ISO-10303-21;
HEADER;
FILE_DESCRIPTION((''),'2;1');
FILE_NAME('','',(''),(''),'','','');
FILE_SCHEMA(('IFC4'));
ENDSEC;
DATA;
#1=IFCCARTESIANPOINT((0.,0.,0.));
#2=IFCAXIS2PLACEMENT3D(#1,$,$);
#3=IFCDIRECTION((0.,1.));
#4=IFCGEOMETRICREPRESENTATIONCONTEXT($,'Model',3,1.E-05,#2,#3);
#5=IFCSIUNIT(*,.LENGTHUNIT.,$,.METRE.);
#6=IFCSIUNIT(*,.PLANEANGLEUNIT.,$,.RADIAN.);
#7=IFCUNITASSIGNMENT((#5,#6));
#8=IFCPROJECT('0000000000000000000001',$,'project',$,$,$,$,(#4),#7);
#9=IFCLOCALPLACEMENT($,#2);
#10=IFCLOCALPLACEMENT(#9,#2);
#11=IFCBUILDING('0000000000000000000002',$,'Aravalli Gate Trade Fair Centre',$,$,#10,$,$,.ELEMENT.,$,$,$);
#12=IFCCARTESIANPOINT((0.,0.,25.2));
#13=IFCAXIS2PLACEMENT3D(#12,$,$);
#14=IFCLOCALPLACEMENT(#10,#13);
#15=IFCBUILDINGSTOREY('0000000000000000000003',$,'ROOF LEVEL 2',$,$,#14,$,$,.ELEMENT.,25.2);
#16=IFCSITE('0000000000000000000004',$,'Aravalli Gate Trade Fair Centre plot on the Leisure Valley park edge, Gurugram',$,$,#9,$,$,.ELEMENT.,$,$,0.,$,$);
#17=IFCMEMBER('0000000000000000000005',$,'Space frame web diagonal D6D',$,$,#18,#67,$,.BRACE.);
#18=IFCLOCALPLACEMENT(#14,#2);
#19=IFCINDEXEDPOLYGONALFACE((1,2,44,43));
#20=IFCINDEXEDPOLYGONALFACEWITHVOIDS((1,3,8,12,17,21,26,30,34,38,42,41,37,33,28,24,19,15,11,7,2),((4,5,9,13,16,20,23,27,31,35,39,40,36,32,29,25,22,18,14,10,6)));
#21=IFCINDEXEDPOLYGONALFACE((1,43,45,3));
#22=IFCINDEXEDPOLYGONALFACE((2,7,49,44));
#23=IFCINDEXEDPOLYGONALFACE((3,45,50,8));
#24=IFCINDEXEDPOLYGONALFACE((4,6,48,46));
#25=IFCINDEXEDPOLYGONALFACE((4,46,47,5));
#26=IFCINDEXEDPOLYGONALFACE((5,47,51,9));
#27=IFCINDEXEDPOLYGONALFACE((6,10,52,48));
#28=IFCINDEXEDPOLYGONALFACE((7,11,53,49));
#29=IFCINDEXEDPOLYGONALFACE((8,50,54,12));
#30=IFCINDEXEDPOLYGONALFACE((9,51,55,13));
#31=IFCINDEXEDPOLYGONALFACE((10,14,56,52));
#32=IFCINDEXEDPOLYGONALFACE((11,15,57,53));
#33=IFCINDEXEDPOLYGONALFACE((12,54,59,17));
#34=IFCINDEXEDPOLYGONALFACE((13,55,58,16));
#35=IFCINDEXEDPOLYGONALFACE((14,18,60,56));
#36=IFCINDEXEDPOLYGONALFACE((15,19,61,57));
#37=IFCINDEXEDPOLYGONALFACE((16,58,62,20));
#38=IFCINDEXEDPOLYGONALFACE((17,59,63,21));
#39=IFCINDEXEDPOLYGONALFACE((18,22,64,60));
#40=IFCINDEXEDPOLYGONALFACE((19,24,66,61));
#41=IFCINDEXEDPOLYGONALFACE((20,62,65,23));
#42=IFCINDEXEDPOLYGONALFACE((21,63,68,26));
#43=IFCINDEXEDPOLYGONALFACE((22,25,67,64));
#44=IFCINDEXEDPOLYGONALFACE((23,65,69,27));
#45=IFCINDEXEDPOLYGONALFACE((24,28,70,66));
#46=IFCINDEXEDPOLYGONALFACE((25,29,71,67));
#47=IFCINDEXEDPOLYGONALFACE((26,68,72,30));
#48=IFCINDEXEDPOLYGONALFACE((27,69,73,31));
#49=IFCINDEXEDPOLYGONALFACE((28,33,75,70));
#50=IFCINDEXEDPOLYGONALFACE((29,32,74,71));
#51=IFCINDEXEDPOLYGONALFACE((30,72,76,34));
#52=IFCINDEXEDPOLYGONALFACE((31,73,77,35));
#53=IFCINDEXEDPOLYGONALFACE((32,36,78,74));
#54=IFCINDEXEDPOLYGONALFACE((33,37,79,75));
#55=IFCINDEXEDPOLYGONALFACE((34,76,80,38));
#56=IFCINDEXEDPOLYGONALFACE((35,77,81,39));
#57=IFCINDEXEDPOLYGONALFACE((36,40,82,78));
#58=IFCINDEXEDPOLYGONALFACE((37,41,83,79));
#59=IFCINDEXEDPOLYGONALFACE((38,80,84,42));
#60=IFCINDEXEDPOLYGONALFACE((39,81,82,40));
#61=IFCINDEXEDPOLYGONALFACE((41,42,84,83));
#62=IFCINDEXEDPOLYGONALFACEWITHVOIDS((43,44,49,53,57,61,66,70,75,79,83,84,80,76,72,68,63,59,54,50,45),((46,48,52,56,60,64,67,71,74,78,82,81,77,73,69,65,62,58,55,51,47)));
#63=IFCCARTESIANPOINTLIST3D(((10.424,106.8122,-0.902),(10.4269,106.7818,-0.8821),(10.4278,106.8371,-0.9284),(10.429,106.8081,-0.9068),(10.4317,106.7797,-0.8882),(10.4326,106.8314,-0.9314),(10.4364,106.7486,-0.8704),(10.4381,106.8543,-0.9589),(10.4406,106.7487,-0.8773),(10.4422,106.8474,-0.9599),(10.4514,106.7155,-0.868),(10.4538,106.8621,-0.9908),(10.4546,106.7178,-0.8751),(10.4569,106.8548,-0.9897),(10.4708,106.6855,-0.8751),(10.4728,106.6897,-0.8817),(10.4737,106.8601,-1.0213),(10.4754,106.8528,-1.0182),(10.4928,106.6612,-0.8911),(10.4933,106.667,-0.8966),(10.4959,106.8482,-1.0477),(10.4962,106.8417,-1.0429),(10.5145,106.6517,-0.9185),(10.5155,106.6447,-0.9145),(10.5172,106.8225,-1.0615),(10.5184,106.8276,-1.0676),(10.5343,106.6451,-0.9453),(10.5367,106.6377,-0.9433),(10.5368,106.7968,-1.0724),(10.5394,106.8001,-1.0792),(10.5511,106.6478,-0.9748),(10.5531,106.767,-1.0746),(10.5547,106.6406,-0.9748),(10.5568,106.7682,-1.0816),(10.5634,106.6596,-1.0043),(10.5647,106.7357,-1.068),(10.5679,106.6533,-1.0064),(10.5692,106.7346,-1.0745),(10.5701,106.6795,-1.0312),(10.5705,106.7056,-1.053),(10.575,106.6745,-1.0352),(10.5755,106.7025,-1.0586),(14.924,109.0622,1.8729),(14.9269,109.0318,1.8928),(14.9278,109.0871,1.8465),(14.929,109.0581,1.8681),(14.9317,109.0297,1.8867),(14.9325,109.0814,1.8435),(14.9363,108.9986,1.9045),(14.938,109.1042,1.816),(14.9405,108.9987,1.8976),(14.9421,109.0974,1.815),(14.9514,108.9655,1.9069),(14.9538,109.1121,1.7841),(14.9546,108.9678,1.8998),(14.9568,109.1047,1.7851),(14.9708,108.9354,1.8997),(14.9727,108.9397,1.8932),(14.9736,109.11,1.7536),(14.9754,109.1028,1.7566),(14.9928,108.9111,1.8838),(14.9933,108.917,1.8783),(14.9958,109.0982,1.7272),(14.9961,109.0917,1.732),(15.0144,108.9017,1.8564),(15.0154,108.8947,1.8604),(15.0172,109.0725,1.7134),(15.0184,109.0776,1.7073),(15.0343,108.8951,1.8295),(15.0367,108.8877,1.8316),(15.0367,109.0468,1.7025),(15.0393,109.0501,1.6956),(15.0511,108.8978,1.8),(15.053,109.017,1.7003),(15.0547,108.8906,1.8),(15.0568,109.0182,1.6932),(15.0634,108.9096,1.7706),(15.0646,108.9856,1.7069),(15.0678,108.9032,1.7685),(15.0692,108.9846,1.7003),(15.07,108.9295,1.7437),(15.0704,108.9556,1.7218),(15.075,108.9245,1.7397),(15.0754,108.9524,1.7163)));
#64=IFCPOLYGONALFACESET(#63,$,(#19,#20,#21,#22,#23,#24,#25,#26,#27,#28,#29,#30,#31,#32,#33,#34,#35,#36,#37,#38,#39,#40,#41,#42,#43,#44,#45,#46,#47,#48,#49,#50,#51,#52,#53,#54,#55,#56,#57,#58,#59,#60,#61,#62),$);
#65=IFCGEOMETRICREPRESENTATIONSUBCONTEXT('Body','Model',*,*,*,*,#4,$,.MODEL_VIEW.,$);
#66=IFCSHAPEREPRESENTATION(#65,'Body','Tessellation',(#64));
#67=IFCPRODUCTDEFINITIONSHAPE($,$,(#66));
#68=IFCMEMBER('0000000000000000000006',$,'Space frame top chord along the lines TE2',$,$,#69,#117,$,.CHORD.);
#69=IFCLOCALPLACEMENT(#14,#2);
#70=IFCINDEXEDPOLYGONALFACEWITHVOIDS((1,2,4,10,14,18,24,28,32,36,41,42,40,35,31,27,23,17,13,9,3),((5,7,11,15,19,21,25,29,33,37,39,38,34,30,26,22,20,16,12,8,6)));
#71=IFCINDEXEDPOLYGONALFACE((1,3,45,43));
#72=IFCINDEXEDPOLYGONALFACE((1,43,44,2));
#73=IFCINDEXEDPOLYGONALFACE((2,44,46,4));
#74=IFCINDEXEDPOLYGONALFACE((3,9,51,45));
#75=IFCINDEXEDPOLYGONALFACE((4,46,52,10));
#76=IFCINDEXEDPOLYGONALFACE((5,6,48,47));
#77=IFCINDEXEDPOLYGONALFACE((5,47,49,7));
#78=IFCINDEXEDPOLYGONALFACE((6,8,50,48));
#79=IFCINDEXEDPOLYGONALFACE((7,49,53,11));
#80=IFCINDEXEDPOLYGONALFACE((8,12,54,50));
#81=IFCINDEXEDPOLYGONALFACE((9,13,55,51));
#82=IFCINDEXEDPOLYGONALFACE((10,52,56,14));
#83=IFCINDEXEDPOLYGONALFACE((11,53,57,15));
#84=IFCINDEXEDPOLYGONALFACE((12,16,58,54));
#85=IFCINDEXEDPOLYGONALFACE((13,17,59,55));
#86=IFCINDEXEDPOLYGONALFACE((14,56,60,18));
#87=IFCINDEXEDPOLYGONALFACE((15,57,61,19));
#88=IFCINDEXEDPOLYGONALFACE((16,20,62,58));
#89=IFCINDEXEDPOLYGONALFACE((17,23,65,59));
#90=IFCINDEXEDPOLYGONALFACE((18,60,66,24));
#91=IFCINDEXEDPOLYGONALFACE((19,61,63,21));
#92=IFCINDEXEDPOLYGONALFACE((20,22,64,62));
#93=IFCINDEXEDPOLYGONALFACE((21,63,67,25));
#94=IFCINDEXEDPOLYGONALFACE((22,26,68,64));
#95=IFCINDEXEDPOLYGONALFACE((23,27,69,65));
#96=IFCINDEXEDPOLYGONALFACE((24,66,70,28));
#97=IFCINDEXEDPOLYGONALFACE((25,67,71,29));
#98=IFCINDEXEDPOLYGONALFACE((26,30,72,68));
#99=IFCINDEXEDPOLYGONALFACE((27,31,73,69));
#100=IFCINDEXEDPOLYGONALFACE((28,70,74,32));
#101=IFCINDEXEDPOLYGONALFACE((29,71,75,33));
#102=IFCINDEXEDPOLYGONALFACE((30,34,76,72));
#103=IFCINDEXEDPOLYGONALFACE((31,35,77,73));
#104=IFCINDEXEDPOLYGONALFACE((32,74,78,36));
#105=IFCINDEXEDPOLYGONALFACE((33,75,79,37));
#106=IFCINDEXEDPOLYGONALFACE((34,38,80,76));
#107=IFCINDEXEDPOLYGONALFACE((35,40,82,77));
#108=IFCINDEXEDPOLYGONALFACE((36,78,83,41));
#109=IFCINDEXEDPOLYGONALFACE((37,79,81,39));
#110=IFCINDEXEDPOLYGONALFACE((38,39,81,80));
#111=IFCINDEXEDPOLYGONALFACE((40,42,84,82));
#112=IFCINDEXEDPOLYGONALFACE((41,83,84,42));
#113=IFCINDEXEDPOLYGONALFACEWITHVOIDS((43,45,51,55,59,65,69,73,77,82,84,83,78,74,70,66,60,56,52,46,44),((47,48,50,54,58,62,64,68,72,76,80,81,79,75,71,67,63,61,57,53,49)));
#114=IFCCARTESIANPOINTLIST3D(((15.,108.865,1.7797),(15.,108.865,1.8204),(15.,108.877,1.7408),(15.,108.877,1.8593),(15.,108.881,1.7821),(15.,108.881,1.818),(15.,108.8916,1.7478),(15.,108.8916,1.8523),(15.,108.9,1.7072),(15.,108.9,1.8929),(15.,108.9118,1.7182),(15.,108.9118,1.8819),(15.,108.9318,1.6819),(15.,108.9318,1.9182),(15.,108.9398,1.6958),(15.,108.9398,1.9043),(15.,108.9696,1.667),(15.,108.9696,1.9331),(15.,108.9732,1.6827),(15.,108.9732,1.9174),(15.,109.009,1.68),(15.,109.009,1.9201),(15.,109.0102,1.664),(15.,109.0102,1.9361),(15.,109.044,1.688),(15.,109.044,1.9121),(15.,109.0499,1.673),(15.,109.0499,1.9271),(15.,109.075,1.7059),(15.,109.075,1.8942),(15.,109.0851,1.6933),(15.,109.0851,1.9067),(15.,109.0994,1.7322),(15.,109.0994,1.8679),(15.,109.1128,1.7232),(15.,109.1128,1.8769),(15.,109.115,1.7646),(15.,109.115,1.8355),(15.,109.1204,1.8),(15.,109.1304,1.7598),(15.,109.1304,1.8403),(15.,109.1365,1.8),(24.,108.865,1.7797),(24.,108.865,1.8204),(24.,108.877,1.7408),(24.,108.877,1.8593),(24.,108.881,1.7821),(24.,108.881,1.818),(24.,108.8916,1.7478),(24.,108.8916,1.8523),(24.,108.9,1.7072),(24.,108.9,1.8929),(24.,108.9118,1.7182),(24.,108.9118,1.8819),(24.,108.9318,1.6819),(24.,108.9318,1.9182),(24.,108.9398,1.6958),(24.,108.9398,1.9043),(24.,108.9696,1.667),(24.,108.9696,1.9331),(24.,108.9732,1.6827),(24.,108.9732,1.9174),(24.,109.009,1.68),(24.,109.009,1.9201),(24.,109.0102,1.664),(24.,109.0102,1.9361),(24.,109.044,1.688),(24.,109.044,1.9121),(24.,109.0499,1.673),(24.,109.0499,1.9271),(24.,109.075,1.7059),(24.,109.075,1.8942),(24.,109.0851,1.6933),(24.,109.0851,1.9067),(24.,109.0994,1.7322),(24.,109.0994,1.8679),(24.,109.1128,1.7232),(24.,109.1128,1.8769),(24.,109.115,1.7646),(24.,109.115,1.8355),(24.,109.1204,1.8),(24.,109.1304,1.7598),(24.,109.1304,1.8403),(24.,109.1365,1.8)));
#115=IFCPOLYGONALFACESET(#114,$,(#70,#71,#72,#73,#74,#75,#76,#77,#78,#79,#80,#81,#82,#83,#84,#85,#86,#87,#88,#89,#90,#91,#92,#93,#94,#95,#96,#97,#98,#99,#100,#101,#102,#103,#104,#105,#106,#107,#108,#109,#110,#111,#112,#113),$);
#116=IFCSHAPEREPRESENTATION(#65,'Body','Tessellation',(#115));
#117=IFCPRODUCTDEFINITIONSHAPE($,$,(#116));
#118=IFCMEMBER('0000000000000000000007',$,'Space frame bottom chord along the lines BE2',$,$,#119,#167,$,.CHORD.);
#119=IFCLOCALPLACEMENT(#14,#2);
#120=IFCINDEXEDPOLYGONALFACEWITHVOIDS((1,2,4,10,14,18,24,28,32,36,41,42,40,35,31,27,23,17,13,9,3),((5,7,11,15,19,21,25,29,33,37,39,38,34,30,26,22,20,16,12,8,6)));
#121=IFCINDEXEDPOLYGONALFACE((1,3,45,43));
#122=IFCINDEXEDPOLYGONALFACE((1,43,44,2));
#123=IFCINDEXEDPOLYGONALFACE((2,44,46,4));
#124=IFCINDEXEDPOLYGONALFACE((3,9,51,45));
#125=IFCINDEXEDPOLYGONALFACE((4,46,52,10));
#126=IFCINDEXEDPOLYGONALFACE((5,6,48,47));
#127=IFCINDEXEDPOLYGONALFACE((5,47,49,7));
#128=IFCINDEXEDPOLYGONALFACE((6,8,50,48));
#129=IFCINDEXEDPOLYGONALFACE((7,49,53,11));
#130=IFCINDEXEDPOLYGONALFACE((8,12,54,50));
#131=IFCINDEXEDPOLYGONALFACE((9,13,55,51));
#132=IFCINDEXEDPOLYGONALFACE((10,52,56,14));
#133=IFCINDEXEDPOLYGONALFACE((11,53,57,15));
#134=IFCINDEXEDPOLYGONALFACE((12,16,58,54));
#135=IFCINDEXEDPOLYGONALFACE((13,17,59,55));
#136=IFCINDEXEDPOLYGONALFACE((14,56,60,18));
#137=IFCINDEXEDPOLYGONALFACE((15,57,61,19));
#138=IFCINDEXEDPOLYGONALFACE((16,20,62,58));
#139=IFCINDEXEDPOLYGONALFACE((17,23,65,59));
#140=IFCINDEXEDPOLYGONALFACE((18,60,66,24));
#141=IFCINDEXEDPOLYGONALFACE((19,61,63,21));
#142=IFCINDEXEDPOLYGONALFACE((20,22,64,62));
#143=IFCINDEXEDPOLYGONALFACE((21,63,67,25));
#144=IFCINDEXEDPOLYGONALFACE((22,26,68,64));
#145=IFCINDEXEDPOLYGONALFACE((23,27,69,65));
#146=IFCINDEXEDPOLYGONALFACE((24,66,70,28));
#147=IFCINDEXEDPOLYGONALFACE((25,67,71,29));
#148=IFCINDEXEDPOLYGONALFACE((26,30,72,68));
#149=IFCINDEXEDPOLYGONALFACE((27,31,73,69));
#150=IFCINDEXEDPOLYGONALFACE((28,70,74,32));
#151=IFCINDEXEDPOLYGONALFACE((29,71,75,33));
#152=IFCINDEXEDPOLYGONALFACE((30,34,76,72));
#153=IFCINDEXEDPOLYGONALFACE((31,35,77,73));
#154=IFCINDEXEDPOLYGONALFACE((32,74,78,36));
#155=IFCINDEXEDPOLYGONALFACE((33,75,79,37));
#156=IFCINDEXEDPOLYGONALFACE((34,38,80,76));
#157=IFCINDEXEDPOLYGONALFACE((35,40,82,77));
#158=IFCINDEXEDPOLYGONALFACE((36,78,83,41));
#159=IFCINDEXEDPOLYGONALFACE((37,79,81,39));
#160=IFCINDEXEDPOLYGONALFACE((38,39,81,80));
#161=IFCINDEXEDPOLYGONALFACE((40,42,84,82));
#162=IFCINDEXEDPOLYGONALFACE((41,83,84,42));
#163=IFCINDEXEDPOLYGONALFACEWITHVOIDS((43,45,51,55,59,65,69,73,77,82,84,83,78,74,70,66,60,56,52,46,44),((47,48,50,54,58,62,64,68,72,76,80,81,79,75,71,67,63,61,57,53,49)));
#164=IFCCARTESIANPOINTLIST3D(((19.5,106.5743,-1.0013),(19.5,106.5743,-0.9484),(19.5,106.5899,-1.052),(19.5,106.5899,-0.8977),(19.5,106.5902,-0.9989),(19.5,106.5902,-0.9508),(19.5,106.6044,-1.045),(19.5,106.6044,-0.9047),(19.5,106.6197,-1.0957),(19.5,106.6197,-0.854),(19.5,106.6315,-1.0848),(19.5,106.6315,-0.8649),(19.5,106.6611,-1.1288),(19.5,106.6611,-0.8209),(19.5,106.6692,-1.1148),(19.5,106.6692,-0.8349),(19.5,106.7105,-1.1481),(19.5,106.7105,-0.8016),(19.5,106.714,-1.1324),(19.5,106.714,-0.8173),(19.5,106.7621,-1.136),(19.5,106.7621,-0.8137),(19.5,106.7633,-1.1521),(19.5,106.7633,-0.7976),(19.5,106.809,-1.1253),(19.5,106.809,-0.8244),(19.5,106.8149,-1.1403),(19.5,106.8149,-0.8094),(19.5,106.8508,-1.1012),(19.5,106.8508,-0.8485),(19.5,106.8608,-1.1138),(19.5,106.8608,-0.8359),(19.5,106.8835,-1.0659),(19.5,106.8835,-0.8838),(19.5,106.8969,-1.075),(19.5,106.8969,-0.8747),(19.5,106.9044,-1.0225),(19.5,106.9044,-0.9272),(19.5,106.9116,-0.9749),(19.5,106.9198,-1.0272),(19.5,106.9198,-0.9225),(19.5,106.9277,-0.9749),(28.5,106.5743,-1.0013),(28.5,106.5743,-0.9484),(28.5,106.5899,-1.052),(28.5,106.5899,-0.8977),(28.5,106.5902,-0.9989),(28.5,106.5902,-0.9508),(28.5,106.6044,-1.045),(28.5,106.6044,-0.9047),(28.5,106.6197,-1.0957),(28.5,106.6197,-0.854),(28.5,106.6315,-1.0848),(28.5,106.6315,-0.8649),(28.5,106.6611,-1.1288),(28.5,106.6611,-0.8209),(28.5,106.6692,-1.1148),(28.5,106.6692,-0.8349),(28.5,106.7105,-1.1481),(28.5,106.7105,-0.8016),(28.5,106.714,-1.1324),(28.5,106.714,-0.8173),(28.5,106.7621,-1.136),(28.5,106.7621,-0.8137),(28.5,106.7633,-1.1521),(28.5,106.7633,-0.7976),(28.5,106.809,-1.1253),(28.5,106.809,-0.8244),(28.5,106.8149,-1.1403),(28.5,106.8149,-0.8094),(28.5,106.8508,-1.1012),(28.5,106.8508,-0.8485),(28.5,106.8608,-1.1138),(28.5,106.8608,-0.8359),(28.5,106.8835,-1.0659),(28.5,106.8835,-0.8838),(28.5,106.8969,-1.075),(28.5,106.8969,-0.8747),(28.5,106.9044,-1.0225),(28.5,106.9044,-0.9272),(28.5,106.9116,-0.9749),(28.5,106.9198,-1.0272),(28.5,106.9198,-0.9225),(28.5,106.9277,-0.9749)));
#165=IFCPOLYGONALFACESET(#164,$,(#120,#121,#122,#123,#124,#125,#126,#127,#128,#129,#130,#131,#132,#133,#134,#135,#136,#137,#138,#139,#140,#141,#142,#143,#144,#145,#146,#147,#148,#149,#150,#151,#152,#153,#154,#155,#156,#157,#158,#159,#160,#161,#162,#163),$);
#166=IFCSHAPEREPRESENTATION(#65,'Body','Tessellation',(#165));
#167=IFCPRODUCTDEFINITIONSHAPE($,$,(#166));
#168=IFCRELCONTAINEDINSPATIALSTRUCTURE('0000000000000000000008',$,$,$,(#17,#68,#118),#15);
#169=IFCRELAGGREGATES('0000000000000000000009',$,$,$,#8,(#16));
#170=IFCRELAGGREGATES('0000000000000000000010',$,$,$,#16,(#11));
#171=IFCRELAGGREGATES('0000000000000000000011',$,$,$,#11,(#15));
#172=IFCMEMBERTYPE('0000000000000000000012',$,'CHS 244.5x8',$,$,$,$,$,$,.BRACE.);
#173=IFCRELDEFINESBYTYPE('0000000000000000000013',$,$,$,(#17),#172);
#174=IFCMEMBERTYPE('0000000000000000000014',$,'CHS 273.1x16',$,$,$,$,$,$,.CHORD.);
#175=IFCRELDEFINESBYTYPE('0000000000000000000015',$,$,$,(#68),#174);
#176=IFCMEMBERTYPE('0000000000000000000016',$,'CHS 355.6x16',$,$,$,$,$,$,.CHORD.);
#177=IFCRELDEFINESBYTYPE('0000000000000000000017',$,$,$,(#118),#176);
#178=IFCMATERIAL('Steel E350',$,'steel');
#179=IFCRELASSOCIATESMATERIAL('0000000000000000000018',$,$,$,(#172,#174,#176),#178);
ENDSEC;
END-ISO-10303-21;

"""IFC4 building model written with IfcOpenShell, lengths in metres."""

from ifc_helpers import new_model, si_unit, direction, frame, origin, origin_2d, place, context, subcontext, project, spatial, hollow_circle, extrude, material, material_profile, profile_set, type_object, element, save


model = new_model("IFC4")

# Units and contexts
model_context = context("Model", 3, precision=1e-05, world=origin(), true_north=direction((0.0, 1.0)))
body_context = subcontext(model_context, "Body", "Model", "MODEL_VIEW")
ifc_project = project(units=[si_unit("LENGTHUNIT", "METRE"), si_unit("PLANEANGLEUNIT", "RADIAN")], contexts=[model_context])

# Site, building, storey
site_placement = place(None, origin())
site = spatial("IfcSite", under=ifc_project, at=site_placement, Name="Aravalli Gate Trade Fair Centre plot on the Leisure Valley park edge, Gurugram", CompositionType="ELEMENT", RefElevation=0.0)
building_placement = place(site_placement, origin())
building = spatial("IfcBuilding", under=site, at=building_placement, Name="Aravalli Gate Trade Fair Centre", CompositionType="ELEMENT")
storey_placement = place(building_placement, frame((0.0, 0.0, 25.2)))
storey = spatial("IfcBuildingStorey", under=building, at=storey_placement, Name="ROOF LEVEL 2", CompositionType="ELEMENT", Elevation=25.2)

# Members
ifc_material_1 = material(Name="Steel E350", Category="steel")
ifc_material_profile_1 = material_profile(ifc_material_1, hollow_circle(Radius=0.1223, WallThickness=0.0081, at=origin_2d()), Name="CHS 244.5x8")
ifc_profile_set_1 = profile_set([ifc_material_profile_1], Name="Steel E350")
member_type_1 = type_object("IfcMemberType", Name="CHS 244.5x8", PredefinedType="BRACE", material=ifc_profile_set_1)
for number, where, z_axis, x_axis, name in (
    (1, (15.0, 109.0, 1.8), (-0.7832, -0.3916, -0.482956), (0.447214, -0.894427, 0.0), "Space frame web diagonal D6D"),
):
    element("IfcMember", number, at=place(storey_placement, frame(where, z_axis=z_axis, x_axis=x_axis)), inside=storey, type_object=member_type_1, Name=name, PredefinedType="BRACE", context=body_context, shape_type="SweptSolid", body=[
        extrude(hollow_circle(Radius=0.1223, WallThickness=0.0081, at=origin_2d()), origin(), (0.0, 0.0, 1.0), 5.7456),
    ])
ifc_material_profile_2 = material_profile(ifc_material_1, hollow_circle(Radius=0.1365, WallThickness=0.0161, at=origin_2d()), Name="CHS 273.1x16")
ifc_profile_set_2 = profile_set([ifc_material_profile_2], Name="Steel E350")
member_type_2 = type_object("IfcMemberType", Name="CHS 273.1x16", PredefinedType="CHORD", material=ifc_profile_set_2)
member_1_placement = place(storey_placement, frame((15.0, 109.0, 1.8), z_axis=(1.0, 0.0, 0.0), x_axis=(0.0, 1.0, 0.0)))
element("IfcMember", 2, at=member_1_placement, inside=storey, type_object=member_type_2, Name="Space frame top chord along the lines TE2", PredefinedType="CHORD", context=body_context, shape_type="SweptSolid", body=[
    extrude(hollow_circle(Radius=0.1365, WallThickness=0.0161, at=origin_2d()), origin(), (0.0, 0.0, 1.0), 9.0),
])
ifc_material_profile_3 = material_profile(ifc_material_1, hollow_circle(Radius=0.1777, WallThickness=0.0161, at=origin_2d()), Name="CHS 355.6x16")
ifc_profile_set_3 = profile_set([ifc_material_profile_3], Name="Steel E350")
member_type_3 = type_object("IfcMemberType", Name="CHS 355.6x16", PredefinedType="CHORD", material=ifc_profile_set_3)
member_2_placement = place(storey_placement, frame((19.5, 106.75, -0.9749), z_axis=(1.0, 0.0, 0.0), x_axis=(0.0, 1.0, 0.0)))
element("IfcMember", 3, at=member_2_placement, inside=storey, type_object=member_type_3, Name="Space frame bottom chord along the lines BE2", PredefinedType="CHORD", context=body_context, shape_type="SweptSolid", body=[
    extrude(hollow_circle(Radius=0.1777, WallThickness=0.0161, at=origin_2d()), origin(), (0.0, 0.0, 1.0), 9.0),
])

save(model, "model.ifc")
